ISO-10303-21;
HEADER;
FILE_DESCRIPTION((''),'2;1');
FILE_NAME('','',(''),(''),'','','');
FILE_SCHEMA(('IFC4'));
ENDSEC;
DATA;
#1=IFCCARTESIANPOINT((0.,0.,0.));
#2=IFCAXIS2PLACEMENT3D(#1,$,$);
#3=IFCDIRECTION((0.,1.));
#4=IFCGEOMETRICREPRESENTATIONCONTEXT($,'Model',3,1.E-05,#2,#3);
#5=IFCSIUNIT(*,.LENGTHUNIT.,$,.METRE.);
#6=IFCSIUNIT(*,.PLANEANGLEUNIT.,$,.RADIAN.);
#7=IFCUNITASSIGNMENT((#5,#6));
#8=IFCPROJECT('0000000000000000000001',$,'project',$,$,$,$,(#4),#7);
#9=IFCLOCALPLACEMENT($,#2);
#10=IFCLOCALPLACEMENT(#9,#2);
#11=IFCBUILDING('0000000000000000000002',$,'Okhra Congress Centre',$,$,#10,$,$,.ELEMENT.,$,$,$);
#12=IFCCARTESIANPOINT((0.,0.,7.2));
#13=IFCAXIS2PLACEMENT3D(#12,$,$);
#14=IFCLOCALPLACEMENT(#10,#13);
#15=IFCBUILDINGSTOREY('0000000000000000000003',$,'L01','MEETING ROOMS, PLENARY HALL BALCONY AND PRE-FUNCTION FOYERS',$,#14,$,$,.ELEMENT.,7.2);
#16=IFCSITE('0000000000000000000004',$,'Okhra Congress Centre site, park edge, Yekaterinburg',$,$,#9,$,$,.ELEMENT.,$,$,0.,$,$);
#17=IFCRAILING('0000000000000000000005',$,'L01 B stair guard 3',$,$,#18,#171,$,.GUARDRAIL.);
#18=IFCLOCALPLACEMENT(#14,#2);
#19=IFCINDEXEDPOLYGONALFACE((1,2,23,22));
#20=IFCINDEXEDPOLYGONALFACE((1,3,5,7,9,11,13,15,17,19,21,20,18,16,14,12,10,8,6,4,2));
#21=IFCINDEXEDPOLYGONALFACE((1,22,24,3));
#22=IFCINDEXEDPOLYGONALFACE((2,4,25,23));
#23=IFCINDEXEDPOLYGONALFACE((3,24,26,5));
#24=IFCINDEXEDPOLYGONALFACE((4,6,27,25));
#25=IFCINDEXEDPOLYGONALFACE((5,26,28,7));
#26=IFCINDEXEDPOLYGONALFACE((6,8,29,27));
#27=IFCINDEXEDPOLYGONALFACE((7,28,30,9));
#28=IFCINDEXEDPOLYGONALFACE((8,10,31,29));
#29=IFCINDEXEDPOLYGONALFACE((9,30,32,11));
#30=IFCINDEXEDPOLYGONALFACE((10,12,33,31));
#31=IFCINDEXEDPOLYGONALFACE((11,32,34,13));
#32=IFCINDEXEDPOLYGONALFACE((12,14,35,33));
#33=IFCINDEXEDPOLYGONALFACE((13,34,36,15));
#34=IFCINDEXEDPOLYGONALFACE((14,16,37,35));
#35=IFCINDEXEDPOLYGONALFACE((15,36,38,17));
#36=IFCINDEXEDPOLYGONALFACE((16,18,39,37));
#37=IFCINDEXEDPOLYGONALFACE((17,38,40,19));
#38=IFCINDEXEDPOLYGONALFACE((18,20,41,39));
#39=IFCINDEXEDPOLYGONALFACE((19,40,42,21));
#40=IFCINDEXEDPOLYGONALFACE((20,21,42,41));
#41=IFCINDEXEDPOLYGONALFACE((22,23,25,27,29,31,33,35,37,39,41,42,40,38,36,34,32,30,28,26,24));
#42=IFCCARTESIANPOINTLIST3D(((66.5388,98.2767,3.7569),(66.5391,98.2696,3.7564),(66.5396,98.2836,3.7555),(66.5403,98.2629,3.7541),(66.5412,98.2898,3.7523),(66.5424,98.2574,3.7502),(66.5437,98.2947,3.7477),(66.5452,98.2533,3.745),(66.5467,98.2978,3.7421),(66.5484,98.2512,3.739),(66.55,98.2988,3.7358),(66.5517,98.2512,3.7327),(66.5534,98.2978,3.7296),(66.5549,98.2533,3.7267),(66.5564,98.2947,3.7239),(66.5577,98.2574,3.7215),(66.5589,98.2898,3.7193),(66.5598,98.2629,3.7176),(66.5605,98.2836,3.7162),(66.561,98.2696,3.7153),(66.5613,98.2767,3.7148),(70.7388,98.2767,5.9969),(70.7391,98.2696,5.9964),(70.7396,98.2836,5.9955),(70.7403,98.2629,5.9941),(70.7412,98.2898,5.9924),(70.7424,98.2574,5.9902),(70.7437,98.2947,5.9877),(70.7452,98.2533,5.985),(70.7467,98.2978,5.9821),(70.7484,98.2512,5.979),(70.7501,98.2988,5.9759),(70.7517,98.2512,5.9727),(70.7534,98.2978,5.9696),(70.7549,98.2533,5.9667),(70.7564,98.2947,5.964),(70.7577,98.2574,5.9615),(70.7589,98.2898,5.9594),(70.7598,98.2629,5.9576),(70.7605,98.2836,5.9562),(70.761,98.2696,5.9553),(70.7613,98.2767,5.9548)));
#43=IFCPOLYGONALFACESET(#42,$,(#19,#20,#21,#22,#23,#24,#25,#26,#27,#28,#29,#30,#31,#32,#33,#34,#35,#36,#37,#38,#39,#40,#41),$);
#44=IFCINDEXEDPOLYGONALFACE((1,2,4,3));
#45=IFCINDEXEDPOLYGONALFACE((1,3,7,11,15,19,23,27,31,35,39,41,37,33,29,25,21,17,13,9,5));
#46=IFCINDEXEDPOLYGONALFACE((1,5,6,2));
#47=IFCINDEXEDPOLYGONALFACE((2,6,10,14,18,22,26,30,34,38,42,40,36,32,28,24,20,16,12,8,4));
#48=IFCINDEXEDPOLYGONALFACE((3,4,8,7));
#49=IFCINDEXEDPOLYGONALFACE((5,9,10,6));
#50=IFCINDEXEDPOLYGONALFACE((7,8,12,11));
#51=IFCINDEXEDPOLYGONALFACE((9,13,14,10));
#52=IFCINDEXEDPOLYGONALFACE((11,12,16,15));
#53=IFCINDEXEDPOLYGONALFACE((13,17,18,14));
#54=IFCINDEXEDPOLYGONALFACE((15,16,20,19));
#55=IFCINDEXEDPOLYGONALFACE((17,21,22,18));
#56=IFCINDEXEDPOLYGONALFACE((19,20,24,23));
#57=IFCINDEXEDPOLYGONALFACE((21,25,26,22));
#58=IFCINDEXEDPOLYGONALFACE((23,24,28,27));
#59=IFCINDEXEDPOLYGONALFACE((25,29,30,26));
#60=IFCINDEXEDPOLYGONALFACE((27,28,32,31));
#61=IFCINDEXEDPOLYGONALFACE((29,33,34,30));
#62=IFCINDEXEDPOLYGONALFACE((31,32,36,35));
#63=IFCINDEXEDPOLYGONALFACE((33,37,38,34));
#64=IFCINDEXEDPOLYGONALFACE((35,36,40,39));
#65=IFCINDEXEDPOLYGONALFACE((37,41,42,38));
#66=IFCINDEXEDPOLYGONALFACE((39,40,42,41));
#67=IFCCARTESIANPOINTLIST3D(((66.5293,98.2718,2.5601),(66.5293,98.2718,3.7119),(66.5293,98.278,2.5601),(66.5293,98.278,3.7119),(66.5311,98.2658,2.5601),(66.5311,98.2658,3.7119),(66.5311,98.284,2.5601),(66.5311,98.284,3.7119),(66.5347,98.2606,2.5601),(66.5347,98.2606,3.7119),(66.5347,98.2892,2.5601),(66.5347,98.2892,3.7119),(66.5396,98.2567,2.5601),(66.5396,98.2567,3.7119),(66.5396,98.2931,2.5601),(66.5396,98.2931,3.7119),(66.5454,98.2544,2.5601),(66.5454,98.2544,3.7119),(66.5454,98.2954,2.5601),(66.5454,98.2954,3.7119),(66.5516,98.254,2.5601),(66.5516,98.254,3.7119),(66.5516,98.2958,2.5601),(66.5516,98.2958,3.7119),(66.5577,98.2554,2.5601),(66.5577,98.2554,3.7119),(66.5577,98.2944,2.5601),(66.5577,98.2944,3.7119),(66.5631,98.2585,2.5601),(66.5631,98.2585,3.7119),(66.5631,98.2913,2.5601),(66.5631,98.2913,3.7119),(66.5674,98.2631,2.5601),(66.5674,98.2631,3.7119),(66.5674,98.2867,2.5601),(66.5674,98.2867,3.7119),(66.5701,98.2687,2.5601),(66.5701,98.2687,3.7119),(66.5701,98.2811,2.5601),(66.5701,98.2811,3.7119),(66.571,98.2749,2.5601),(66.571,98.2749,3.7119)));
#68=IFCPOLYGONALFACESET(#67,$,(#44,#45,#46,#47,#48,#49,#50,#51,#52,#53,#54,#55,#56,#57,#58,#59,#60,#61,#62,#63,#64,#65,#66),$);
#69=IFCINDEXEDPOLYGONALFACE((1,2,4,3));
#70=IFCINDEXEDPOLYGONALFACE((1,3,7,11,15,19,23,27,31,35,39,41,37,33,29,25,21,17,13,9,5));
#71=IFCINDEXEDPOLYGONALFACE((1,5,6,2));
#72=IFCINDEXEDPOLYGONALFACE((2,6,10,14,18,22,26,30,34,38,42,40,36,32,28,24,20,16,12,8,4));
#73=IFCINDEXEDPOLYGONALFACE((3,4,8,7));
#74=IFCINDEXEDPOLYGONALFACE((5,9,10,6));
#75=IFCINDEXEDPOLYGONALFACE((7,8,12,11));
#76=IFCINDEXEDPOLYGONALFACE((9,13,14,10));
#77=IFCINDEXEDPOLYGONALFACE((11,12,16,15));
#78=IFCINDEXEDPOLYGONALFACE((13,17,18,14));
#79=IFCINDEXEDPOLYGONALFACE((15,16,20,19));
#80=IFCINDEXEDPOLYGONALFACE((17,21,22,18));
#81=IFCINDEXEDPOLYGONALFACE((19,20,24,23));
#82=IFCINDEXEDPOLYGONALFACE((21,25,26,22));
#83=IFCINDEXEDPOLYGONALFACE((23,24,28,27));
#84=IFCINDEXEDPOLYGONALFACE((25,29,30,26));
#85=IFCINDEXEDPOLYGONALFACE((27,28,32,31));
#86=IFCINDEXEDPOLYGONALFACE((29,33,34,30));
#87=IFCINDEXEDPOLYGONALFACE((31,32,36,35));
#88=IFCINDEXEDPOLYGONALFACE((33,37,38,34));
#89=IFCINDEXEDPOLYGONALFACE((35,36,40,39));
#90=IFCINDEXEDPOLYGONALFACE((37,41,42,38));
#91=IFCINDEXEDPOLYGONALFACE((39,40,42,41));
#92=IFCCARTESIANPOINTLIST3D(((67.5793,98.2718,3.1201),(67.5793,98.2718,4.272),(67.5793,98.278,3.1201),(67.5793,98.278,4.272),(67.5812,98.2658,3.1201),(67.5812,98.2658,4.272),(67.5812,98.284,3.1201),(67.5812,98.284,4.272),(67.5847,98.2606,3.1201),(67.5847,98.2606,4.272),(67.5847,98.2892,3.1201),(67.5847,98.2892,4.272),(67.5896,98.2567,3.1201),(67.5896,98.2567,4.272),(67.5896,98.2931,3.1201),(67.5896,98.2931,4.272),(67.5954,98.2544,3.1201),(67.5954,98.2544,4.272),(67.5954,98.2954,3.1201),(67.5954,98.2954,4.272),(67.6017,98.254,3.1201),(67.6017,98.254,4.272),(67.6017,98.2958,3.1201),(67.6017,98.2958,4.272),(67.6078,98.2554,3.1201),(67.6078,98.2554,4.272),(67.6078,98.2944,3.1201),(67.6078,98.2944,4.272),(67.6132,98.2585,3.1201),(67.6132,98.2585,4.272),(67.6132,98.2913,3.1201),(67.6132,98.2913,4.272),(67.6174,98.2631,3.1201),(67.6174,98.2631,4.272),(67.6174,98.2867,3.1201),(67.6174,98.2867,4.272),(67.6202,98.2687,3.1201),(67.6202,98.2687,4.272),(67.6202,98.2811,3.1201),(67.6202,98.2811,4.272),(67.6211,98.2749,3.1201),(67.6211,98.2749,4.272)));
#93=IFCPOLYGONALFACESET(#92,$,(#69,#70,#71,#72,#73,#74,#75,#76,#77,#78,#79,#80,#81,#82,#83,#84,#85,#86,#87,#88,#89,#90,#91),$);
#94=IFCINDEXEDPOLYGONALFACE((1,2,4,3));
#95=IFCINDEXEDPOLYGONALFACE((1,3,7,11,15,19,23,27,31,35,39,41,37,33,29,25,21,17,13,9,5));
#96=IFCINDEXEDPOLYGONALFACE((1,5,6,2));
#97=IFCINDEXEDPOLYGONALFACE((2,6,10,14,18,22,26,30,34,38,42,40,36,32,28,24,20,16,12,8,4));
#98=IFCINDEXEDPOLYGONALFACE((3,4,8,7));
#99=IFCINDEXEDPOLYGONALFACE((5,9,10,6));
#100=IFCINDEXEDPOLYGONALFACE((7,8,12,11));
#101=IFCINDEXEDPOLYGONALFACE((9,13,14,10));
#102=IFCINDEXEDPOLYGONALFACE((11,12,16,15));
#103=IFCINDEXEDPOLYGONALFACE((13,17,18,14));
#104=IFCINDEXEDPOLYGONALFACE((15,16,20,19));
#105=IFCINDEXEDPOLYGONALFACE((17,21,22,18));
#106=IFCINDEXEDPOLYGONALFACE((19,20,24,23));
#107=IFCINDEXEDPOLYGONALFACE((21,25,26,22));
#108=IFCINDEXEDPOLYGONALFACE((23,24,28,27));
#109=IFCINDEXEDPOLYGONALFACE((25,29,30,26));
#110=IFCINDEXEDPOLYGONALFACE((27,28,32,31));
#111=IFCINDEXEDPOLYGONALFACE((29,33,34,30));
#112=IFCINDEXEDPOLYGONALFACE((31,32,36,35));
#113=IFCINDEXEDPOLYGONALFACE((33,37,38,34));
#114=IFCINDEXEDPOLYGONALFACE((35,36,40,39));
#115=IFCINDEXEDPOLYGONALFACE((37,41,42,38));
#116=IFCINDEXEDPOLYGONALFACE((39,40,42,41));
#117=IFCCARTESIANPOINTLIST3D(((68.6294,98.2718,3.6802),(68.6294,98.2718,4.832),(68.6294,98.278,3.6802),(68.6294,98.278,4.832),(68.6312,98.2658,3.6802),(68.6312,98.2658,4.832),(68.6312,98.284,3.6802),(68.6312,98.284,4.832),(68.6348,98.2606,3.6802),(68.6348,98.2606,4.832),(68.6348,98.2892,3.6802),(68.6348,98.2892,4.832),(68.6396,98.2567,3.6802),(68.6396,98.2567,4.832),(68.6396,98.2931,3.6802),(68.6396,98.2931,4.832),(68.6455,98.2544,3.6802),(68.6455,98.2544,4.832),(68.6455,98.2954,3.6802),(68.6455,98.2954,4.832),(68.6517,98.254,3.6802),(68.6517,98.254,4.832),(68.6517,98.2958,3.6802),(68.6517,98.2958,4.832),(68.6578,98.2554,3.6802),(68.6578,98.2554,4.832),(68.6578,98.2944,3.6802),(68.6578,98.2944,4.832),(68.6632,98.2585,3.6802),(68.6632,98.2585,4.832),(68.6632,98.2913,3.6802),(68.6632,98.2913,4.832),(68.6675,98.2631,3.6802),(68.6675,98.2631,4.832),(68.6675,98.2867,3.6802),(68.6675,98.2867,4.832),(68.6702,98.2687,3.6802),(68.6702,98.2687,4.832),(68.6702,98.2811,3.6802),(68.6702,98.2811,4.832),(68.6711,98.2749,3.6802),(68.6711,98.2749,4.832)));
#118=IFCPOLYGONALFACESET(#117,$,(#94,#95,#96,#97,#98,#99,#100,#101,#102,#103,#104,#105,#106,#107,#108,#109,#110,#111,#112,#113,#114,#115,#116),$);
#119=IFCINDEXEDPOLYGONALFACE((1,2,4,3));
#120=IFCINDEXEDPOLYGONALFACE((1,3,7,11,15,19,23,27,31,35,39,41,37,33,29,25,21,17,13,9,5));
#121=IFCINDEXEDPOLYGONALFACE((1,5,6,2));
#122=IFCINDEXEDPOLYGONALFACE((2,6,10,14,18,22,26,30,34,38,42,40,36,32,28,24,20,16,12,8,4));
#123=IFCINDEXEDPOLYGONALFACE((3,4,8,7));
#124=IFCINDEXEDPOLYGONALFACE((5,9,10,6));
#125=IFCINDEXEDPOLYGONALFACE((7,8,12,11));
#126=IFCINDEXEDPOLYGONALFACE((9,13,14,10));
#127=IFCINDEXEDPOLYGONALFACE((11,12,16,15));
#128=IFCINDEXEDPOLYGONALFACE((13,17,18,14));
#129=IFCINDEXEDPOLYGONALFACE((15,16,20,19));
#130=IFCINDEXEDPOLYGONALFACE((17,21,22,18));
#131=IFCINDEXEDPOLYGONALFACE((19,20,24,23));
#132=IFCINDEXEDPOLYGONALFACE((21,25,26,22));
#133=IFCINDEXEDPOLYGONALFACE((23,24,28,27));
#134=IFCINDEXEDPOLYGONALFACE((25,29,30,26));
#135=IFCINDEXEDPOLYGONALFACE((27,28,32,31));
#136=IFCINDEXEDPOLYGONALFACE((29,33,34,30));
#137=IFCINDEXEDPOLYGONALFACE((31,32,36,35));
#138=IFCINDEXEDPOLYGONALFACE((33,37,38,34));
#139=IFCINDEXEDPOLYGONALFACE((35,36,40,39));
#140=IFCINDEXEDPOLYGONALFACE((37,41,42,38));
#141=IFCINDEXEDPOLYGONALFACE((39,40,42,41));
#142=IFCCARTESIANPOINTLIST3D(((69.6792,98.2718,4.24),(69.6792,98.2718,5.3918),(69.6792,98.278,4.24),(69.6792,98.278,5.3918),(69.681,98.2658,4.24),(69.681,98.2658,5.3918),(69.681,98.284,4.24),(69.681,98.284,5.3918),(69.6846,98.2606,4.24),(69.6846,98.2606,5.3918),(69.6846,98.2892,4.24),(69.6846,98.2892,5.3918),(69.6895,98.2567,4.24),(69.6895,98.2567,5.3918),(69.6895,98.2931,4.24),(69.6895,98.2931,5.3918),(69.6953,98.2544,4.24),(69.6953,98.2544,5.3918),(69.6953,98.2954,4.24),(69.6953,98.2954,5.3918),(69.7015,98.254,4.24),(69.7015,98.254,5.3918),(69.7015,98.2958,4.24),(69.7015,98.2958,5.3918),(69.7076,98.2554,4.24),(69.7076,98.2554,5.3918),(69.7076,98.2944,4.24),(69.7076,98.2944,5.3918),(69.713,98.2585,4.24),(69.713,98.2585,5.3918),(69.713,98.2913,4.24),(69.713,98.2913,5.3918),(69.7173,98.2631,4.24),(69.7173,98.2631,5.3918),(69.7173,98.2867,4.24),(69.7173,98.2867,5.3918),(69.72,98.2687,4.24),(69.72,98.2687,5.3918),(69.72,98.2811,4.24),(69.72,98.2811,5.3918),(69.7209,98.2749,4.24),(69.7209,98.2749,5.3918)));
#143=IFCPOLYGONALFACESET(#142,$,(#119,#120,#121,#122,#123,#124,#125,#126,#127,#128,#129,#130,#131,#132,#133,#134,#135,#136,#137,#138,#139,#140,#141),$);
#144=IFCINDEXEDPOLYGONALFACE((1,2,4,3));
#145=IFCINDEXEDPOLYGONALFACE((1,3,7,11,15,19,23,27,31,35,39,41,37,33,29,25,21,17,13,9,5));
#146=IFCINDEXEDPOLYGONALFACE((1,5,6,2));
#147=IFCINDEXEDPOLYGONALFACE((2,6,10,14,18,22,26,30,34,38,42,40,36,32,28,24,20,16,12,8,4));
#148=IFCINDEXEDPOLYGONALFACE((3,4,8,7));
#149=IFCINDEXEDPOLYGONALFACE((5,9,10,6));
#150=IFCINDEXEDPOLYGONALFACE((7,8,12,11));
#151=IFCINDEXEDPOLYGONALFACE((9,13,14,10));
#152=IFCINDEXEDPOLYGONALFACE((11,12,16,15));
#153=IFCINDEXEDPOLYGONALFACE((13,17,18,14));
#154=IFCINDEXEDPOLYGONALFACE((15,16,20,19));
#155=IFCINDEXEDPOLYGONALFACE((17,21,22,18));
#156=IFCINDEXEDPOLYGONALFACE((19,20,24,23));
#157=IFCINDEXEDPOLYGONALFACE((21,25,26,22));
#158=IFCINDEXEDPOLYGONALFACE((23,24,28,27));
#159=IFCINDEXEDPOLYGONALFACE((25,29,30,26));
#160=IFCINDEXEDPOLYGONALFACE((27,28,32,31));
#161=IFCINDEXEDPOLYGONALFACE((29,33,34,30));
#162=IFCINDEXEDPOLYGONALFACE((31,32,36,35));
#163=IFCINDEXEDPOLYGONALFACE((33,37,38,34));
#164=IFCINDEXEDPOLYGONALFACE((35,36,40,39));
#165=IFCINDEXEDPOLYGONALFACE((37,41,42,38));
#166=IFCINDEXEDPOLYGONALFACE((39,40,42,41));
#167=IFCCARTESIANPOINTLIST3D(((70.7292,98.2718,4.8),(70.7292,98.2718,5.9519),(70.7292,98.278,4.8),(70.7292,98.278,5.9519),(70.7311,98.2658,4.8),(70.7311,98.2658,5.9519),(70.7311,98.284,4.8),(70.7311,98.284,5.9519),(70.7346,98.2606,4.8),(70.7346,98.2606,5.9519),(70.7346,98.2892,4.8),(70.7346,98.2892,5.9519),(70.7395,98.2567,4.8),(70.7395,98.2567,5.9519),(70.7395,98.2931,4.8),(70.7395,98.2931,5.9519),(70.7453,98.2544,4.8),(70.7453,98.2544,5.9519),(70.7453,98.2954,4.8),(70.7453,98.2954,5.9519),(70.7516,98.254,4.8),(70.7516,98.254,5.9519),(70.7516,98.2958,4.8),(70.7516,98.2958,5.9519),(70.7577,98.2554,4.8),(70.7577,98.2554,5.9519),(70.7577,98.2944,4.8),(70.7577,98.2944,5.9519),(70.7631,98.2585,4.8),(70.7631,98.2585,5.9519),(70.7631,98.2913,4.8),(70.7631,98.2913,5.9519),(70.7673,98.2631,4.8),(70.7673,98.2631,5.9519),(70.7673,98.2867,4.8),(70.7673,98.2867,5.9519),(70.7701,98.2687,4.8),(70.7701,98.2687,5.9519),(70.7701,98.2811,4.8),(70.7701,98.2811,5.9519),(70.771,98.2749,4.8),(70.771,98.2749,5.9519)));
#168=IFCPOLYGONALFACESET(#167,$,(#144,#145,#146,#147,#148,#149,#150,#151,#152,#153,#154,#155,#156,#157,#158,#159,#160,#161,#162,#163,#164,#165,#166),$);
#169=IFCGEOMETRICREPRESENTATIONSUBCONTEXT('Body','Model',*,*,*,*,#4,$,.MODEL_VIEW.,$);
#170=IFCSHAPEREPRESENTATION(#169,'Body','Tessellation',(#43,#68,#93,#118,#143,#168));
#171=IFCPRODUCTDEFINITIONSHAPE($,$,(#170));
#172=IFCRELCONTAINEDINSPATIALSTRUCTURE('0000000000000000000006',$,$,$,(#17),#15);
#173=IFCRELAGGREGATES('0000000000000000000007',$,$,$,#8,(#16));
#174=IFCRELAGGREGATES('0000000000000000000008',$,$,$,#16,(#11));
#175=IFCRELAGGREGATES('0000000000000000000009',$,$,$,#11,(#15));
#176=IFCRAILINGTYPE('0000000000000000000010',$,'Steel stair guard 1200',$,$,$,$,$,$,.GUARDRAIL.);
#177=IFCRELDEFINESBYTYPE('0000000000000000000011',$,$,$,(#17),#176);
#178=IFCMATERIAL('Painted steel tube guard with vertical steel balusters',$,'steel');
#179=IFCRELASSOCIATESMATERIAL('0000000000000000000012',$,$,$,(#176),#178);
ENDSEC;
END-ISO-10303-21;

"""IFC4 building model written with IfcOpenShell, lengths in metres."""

from ifc_helpers import new_model, si_unit, direction, frame, origin, origin_2d, place, context, subcontext, project, spatial, circle, extrude, material, type_object, element, save


model = new_model("IFC4")

# Units and contexts
model_context = context("Model", 3, precision=1e-05, world=origin(), true_north=direction((0.0, 1.0)))
body_context = subcontext(model_context, "Body", "Model", "MODEL_VIEW")
ifc_project = project(units=[si_unit("LENGTHUNIT", "METRE"), si_unit("PLANEANGLEUNIT", "RADIAN")], contexts=[model_context])

# Site, building, storey
site_placement = place(None, origin())
site = spatial("IfcSite", under=ifc_project, at=site_placement, Name="Okhra Congress Centre site, park edge, Yekaterinburg", CompositionType="ELEMENT", RefElevation=0.0)
building_placement = place(site_placement, origin())
building = spatial("IfcBuilding", under=site, at=building_placement, Name="Okhra Congress Centre", CompositionType="ELEMENT")
storey_placement = place(building_placement, frame((0.0, 0.0, 7.2)))
storey = spatial("IfcBuildingStorey", under=building, at=storey_placement, Name="L01", Description="MEETING ROOMS, PLENARY HALL BALCONY AND PRE-FUNCTION FOYERS", CompositionType="ELEMENT", Elevation=7.2)

# Railing
ifc_material_1 = material(Name="Painted steel tube guard with vertical steel balusters", Category="steel")
railing_type_1 = type_object("IfcRailingType", Name="Steel stair guard 1200", PredefinedType="GUARDRAIL", material=ifc_material_1)
railing_1_placement = place(storey_placement, frame((66.55, 98.2749, 2.5601)))
element("IfcRailing", 1, at=railing_1_placement, inside=storey, type_object=railing_type_1, Name="L01 B stair guard 3", PredefinedType="GUARDRAIL", context=body_context, shape_type="SweptSolid", body=[
    extrude(circle(Radius=0.0239, at=origin_2d()), frame((0.0, 0.0, 1.1758), z_axis=(0.882352, 0.0, 0.470591), x_axis=(0.0, 1.0, 0.0)), (0.0, 0.0, 1.0), 4.76),
    extrude(circle(Radius=0.021, at=origin_2d()), origin(), (0.0, 0.0, 1.0), 1.1519),
    extrude(circle(Radius=0.021, at=origin_2d()), frame((1.05, 0.0, 0.5601)), (0.0, 0.0, 1.0), 1.1519),
    extrude(circle(Radius=0.021, at=origin_2d()), frame((2.1001, 0.0, 1.1201)), (0.0, 0.0, 1.0), 1.1519),
    extrude(circle(Radius=0.021, at=origin_2d()), frame((3.1499, 0.0, 1.6799)), (0.0, 0.0, 1.0), 1.1519),
    extrude(circle(Radius=0.021, at=origin_2d()), frame((4.2, 0.0, 2.24)), (0.0, 0.0, 1.0), 1.1519),
])

save(model, "model.ifc")
